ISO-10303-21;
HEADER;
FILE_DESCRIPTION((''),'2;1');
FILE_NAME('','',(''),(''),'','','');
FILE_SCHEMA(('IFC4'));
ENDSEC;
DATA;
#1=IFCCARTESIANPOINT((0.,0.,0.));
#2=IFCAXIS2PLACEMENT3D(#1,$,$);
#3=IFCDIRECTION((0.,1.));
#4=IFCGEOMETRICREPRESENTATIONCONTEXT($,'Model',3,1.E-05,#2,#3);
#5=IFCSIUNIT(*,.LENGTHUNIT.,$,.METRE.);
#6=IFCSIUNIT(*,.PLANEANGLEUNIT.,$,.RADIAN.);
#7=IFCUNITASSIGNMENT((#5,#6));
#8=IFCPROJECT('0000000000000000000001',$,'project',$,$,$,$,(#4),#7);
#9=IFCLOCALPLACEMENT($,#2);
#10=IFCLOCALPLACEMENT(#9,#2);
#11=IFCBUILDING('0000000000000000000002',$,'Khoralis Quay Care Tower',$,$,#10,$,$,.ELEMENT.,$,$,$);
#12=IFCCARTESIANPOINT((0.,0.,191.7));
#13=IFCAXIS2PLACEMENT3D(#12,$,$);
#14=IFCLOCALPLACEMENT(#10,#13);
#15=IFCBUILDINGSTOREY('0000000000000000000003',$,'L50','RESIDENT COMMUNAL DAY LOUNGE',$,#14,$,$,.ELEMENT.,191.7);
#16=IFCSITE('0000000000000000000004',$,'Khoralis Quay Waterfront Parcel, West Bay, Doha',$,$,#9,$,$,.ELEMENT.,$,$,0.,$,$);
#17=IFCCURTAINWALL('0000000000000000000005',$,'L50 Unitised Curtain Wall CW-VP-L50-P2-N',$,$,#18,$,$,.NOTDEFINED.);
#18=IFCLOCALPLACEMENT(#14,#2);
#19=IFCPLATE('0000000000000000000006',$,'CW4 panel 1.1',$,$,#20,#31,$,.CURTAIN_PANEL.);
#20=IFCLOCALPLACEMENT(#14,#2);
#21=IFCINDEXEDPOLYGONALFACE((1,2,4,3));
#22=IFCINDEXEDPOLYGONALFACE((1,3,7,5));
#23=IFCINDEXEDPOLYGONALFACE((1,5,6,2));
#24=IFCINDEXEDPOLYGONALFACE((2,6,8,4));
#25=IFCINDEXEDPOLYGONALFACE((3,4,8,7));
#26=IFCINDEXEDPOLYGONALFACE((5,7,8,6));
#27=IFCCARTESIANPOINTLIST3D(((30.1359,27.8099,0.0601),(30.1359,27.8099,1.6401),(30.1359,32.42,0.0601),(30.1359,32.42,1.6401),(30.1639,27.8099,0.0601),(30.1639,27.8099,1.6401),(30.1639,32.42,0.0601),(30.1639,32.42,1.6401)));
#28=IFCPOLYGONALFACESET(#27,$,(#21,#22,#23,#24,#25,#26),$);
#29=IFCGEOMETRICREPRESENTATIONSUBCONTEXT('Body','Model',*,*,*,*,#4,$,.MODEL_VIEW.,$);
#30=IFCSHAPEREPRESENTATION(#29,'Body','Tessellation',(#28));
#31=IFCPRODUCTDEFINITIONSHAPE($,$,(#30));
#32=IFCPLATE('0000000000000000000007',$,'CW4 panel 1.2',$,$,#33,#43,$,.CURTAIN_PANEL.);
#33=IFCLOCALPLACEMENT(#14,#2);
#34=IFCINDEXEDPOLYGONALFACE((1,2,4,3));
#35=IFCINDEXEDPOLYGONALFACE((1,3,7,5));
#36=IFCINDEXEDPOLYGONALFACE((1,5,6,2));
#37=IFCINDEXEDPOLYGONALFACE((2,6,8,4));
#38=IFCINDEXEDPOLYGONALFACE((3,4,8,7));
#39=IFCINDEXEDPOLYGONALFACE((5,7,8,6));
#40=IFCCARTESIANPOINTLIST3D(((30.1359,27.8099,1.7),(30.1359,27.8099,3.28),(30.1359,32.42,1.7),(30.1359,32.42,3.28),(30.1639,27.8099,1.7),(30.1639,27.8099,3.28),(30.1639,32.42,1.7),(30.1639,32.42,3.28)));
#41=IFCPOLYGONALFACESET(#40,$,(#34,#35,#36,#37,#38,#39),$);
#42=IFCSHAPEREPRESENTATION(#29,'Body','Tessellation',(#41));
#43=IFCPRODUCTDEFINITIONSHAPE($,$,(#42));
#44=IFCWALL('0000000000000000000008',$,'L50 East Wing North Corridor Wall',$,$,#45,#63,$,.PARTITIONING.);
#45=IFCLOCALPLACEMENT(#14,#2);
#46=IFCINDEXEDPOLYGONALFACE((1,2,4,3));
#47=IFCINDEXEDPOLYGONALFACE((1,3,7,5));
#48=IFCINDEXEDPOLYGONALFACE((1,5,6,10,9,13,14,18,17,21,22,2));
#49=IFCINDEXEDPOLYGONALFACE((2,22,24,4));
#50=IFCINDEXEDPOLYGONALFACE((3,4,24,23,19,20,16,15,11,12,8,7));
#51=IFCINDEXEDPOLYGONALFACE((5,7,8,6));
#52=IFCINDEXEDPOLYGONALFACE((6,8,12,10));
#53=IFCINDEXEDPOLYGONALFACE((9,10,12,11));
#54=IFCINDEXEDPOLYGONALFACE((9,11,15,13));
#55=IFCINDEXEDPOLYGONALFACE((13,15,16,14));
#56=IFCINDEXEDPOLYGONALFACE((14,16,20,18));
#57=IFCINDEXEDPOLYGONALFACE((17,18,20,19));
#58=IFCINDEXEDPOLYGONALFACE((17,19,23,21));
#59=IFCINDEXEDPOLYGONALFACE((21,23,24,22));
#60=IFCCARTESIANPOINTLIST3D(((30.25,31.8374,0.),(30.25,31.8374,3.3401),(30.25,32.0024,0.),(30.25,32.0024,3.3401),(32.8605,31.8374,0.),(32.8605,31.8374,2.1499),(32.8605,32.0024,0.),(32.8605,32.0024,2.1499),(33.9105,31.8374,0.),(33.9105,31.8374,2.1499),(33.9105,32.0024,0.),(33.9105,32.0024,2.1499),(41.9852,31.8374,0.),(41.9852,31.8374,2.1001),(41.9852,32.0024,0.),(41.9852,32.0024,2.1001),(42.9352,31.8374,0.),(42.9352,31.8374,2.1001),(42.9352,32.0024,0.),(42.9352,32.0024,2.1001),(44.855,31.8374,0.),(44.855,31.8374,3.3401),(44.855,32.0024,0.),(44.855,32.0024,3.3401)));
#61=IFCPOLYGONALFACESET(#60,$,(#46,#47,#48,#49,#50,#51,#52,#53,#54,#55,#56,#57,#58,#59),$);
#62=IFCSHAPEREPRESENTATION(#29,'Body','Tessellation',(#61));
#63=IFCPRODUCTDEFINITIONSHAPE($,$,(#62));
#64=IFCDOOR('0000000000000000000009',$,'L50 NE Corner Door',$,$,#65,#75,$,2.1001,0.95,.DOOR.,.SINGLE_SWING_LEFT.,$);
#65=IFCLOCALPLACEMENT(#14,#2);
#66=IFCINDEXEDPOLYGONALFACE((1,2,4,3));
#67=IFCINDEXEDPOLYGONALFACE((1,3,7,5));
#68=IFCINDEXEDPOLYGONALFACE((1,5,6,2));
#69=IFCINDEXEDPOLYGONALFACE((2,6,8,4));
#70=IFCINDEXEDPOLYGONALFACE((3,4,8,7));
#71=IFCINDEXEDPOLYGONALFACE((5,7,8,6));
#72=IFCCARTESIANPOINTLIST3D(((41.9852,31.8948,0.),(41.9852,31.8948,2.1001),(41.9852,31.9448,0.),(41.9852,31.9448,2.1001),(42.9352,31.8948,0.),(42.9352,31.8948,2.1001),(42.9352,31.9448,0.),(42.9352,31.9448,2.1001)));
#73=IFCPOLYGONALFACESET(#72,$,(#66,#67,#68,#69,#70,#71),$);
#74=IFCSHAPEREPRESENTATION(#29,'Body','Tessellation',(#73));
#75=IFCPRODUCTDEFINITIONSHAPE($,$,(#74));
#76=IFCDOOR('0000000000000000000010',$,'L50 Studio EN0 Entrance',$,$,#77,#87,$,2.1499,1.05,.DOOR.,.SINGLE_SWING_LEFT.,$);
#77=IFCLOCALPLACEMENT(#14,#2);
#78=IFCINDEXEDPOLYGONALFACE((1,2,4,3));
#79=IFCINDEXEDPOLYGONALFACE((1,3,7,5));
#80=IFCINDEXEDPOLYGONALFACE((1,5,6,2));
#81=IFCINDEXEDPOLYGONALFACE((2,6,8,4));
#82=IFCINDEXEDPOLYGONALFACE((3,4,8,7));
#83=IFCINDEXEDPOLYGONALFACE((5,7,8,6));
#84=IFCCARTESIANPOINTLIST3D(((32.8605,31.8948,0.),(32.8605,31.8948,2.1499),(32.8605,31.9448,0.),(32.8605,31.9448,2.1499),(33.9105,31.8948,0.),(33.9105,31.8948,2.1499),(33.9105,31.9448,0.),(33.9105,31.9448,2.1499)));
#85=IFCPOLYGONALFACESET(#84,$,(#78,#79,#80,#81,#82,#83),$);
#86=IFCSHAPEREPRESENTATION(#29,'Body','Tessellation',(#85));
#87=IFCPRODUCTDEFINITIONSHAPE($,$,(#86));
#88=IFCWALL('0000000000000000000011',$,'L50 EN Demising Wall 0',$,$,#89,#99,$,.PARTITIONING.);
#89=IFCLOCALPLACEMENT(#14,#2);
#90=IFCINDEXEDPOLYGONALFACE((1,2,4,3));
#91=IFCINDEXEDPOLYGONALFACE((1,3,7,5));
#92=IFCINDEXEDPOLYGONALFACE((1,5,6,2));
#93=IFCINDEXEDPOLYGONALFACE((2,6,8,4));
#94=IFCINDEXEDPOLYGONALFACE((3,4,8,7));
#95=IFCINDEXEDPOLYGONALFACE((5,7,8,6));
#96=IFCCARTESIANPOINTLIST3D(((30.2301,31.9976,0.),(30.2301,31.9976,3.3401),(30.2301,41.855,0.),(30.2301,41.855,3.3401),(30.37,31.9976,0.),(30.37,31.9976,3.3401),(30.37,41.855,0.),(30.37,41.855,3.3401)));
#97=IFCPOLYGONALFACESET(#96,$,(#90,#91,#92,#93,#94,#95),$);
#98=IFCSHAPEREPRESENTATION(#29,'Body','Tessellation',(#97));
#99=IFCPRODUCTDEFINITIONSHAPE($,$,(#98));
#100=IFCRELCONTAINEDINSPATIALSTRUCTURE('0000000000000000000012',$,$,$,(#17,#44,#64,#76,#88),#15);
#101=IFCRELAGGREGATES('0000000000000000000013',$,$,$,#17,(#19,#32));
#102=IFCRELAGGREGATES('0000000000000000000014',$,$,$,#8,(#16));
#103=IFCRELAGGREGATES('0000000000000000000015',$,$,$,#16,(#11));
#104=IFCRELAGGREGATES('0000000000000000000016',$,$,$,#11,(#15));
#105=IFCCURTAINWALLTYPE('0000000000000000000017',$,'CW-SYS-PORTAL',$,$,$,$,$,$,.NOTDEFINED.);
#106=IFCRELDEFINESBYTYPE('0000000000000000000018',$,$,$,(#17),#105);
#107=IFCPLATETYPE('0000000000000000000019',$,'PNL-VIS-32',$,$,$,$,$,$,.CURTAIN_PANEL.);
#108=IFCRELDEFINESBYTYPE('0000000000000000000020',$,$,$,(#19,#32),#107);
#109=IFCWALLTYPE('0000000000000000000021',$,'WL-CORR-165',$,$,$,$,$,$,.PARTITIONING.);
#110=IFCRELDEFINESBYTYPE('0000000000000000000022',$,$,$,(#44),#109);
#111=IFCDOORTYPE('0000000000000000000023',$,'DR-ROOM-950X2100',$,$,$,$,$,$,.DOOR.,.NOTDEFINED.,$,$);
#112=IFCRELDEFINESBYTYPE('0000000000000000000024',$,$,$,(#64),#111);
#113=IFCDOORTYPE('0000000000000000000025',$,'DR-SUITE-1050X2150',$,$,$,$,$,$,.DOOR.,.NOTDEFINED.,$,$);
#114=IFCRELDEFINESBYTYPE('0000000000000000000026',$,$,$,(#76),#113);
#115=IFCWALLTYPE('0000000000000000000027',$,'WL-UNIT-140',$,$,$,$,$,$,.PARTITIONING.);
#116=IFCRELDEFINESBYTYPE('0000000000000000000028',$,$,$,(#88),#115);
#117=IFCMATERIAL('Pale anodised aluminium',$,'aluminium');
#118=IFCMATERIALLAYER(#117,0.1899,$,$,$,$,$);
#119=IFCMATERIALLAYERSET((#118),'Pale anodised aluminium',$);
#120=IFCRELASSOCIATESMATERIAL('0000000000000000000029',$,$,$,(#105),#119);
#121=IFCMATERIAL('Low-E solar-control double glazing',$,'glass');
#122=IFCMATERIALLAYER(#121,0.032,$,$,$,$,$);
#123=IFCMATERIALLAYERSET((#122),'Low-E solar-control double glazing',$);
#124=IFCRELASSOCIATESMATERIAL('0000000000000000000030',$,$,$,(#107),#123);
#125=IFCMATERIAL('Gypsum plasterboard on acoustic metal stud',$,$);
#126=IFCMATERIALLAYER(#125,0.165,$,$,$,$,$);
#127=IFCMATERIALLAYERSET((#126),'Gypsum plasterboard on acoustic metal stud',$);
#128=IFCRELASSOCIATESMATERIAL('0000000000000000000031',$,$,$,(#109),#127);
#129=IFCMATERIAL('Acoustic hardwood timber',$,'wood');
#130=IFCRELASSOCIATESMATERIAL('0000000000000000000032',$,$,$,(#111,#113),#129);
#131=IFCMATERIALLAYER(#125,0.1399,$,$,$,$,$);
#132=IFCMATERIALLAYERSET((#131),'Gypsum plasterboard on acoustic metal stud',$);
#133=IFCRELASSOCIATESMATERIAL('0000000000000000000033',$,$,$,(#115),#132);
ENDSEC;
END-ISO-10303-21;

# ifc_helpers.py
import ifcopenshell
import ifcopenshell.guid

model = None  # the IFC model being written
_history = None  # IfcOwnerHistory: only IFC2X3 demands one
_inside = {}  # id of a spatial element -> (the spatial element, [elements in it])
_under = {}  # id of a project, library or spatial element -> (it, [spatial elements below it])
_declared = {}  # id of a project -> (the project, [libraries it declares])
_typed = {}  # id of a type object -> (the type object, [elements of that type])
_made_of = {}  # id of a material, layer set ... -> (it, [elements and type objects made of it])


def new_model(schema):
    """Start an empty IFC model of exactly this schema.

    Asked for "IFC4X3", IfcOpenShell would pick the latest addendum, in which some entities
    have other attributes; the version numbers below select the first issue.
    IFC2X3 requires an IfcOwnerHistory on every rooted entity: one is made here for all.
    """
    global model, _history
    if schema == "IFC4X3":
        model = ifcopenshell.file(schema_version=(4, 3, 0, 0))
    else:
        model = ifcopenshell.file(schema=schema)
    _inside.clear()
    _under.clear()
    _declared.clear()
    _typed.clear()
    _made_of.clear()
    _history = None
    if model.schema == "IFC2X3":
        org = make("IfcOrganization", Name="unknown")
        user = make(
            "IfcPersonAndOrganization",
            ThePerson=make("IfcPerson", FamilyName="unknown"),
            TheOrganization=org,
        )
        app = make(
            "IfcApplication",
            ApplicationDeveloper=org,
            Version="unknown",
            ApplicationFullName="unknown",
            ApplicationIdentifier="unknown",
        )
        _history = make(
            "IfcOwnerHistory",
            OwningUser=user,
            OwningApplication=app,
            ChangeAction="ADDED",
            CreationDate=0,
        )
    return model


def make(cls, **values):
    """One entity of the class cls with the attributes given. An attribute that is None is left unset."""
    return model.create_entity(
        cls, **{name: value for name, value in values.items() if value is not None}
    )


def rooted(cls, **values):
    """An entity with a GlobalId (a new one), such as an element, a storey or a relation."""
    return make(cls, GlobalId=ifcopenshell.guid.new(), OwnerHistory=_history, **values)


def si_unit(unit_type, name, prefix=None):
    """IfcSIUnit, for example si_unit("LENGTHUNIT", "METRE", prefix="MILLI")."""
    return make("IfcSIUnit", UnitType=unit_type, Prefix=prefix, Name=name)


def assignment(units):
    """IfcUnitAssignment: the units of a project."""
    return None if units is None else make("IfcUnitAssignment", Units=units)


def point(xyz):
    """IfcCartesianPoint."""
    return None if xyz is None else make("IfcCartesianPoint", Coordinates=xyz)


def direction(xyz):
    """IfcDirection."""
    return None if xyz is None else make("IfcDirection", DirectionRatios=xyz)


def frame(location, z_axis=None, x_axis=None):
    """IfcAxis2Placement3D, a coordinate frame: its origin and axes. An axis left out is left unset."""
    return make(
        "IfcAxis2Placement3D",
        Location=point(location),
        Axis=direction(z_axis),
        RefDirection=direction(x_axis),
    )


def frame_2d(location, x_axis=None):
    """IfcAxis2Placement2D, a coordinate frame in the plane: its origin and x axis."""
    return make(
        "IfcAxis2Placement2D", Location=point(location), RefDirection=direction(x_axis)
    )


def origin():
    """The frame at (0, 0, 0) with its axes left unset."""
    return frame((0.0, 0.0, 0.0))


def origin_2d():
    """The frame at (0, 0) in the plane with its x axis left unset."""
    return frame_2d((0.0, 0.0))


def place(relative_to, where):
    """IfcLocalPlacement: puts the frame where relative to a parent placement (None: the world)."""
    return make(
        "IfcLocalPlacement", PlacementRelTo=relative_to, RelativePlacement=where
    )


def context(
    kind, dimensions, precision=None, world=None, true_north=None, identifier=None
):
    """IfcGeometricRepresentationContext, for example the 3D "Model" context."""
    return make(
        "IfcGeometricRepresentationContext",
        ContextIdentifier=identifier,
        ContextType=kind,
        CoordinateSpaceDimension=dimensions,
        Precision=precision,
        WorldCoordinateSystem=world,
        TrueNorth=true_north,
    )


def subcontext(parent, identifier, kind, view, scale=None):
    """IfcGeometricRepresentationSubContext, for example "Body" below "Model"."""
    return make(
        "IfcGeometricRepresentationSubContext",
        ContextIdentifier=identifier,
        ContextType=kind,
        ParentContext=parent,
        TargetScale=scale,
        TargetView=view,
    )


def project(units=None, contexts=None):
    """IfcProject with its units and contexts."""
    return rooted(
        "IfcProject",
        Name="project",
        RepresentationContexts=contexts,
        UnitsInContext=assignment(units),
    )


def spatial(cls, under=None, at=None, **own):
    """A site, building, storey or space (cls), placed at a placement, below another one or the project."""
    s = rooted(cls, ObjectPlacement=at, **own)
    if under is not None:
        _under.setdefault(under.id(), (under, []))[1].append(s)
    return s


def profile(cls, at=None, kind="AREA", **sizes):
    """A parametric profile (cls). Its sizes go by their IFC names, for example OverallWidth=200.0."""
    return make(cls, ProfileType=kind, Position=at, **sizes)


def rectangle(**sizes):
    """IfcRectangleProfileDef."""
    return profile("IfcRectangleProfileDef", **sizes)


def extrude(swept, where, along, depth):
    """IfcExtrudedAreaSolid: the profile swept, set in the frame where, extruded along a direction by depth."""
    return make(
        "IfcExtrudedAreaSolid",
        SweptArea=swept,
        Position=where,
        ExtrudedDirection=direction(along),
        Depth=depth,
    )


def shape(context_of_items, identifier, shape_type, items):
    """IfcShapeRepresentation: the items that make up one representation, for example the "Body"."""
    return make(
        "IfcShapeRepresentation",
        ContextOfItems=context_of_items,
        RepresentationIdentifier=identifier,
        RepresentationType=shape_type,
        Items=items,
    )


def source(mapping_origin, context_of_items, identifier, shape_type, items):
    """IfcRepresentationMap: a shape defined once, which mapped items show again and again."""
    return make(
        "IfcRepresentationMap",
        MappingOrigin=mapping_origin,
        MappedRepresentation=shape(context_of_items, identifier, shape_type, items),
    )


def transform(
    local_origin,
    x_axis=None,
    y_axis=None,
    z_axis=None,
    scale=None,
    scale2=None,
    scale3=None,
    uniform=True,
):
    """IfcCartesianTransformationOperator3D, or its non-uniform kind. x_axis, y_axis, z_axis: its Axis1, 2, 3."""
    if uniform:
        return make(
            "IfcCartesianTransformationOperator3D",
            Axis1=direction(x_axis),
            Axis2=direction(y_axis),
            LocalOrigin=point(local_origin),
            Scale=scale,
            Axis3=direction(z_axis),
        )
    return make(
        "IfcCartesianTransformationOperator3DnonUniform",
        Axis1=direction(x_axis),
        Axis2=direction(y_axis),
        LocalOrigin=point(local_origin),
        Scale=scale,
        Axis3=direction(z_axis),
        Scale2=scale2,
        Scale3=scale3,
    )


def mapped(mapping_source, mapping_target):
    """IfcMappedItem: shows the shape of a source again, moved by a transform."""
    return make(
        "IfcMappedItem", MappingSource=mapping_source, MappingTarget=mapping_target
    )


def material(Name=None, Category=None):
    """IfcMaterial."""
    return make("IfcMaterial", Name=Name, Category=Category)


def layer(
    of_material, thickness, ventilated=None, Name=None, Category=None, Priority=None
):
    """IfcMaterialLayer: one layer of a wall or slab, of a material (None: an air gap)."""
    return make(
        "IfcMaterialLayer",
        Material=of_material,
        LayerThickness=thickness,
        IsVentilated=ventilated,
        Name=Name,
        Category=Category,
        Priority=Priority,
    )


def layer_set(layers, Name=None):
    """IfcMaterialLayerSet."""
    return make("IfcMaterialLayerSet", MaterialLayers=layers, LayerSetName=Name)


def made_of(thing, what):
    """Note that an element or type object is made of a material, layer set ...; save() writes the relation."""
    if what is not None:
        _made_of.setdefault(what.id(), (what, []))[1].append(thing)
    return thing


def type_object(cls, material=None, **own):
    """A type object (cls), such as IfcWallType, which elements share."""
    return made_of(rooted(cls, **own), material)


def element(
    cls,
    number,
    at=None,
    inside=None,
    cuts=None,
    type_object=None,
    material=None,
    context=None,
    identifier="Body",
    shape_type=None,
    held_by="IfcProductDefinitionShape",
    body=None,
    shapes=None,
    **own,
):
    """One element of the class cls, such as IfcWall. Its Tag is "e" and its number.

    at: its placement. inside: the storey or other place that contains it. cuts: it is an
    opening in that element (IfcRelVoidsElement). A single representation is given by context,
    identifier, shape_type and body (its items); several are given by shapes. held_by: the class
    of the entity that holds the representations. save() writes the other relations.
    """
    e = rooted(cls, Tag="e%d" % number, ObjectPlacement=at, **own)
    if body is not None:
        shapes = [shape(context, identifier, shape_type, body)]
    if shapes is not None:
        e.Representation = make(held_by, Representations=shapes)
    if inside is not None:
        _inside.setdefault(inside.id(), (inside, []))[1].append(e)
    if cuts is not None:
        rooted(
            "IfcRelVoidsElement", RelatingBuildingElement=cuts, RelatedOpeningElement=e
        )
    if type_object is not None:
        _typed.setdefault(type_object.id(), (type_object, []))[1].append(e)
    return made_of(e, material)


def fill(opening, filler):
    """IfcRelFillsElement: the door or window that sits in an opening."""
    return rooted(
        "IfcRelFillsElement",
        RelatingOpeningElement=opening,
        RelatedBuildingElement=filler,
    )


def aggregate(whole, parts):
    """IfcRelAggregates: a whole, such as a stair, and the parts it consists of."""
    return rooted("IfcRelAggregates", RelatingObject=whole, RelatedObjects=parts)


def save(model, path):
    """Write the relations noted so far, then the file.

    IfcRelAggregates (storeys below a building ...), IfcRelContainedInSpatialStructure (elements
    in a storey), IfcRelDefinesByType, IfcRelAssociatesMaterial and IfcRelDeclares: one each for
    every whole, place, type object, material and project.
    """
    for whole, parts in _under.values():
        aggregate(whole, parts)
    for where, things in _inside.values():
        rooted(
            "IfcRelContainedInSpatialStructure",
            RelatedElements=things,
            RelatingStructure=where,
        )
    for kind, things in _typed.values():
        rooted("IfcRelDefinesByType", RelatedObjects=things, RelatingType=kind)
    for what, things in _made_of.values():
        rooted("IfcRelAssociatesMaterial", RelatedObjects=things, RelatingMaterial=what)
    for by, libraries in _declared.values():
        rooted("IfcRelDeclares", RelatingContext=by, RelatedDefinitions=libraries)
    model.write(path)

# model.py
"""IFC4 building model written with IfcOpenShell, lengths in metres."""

from ifc_helpers import new_model, si_unit, direction, frame, frame_2d, origin, origin_2d, place, context, subcontext, project, spatial, rectangle, extrude, source, transform, mapped, material, layer, layer_set, type_object, element, fill, aggregate, save


model = new_model("IFC4")

# Units and contexts
model_context = context("Model", 3, precision=1e-05, world=origin(), true_north=direction((0.0, 1.0)))
body_context = subcontext(model_context, "Body", "Model", "MODEL_VIEW")
ifc_project = project(units=[si_unit("LENGTHUNIT", "METRE"), si_unit("PLANEANGLEUNIT", "RADIAN")], contexts=[model_context])

# Site, building, storey
site_placement = place(None, origin())
site = spatial("IfcSite", under=ifc_project, at=site_placement, Name="Khoralis Quay Waterfront Parcel, West Bay, Doha", CompositionType="ELEMENT", RefElevation=0.0)
building_placement = place(site_placement, origin())
building = spatial("IfcBuilding", under=site, at=building_placement, Name="Khoralis Quay Care Tower", CompositionType="ELEMENT")
storey_placement = place(building_placement, frame((0.0, 0.0, 191.7)))
storey = spatial("IfcBuildingStorey", under=building, at=storey_placement, Name="L50", Description="RESIDENT COMMUNAL DAY LOUNGE", CompositionType="ELEMENT", Elevation=191.7)

# Shared definitions
ifc_material_1 = material(Name="Pale anodised aluminium", Category="aluminium")
ifc_layer_1 = layer(ifc_material_1, 0.1899)
ifc_layer_set_1 = layer_set([ifc_layer_1], Name="Pale anodised aluminium")
curtain_wall_type = type_object("IfcCurtainWallType", Name="CW-SYS-PORTAL", PredefinedType="NOTDEFINED", material=ifc_layer_set_1)

# Curtain wall
curtain_wall_1_placement = place(storey_placement, origin())
curtain_wall_1 = element("IfcCurtainWall", 1, at=curtain_wall_1_placement, inside=storey, type_object=curtain_wall_type, Name="L50 Unitised Curtain Wall CW-VP-L50-P2-N", PredefinedType="NOTDEFINED")

# Plates
ifc_material_2 = material(Name="Low-E solar-control double glazing", Category="glass")
ifc_layer_2 = layer(ifc_material_2, 0.032)
ifc_layer_set_2 = layer_set([ifc_layer_2], Name="Low-E solar-control double glazing")
plate_type = type_object("IfcPlateType", Name="PNL-VIS-32", PredefinedType="CURTAIN_PANEL", material=ifc_layer_set_2)
shared_shape_1 = source(origin(), body_context, "Body", "SweptSolid", [
    extrude(rectangle(XDim=4.6101, YDim=0.0281, at=origin_2d()), origin(), (0.0, 0.0, 1.0), 1.5801),
])
plate_1_placement = place(storey_placement, frame((30.1499, 30.115, 0.0601), z_axis=(0.0, 0.0, 1.0), x_axis=(0.0, 1.0, 0.0)))
plate_1 = element("IfcPlate", 2, at=plate_1_placement, type_object=plate_type, Name="CW4 panel 1.1", PredefinedType="CURTAIN_PANEL", context=body_context, shape_type="MappedRepresentation", body=[
    mapped(shared_shape_1, transform((0.0, 0.0, 0.0), scale=1.0)),
])
plate_2_placement = place(storey_placement, frame((30.1499, 30.115, 1.7), z_axis=(0.0, 0.0, 1.0), x_axis=(0.0, 1.0, 0.0)))
plate_2 = element("IfcPlate", 3, at=plate_2_placement, type_object=plate_type, Name="CW4 panel 1.2", PredefinedType="CURTAIN_PANEL", context=body_context, shape_type="MappedRepresentation", body=[
    mapped(shared_shape_1, transform((0.0, 0.0, 0.0), scale=1.0)),
])
aggregate(curtain_wall_1, [plate_1, plate_2])

# Wall, openings, doors
ifc_material_3 = material(Name="Gypsum plasterboard on acoustic metal stud")
ifc_layer_3 = layer(ifc_material_3, 0.165)
ifc_layer_set_3 = layer_set([ifc_layer_3], Name="Gypsum plasterboard on acoustic metal stud")
wall_type_1 = type_object("IfcWallType", Name="WL-CORR-165", PredefinedType="PARTITIONING", material=ifc_layer_set_3)
wall_1_placement = place(storey_placement, frame((30.25, 31.9199, 0.0), z_axis=(0.0, 0.0, 1.0), x_axis=(1.0, 0.0, 0.0)))
wall_1 = element("IfcWall", 4, at=wall_1_placement, inside=storey, type_object=wall_type_1, Name="L50 East Wing North Corridor Wall", PredefinedType="PARTITIONING", context=body_context, shape_type="SweptSolid", body=[
    extrude(rectangle(XDim=14.605, YDim=0.165, at=frame_2d((7.3025, 0.0))), origin(), (0.0, 0.0, 1.0), 3.3401),
])
opening_1_placement = place(wall_1_placement, frame((2.6106, 0.0, 0.0)))
opening_1 = element("IfcOpeningElement", 5, at=opening_1_placement, cuts=wall_1, PredefinedType="OPENING", context=body_context, shape_type="SweptSolid", body=[
    extrude(rectangle(XDim=1.05, YDim=2.1499, at=frame_2d((0.5249, 1.075))), frame((0.0, 0.0925, 0.0), z_axis=(0.0, -1.0, 0.0), x_axis=(1.0, 0.0, 0.0)), (0.0, 0.0, 1.0), 0.1851),
])
opening_2_placement = place(wall_1_placement, frame((11.7351, 0.0, 0.0)))
opening_2 = element("IfcOpeningElement", 6, at=opening_2_placement, cuts=wall_1, PredefinedType="OPENING", context=body_context, shape_type="SweptSolid", body=[
    extrude(rectangle(XDim=0.95, YDim=2.1001, at=frame_2d((0.4751, 1.05))), frame((0.0, 0.0925, 0.0), z_axis=(0.0, -1.0, 0.0), x_axis=(1.0, 0.0, 0.0)), (0.0, 0.0, 1.0), 0.1851),
])
ifc_material_4 = material(Name="Acoustic hardwood timber", Category="wood")
door_type_1 = type_object("IfcDoorType", Name="DR-ROOM-950X2100", OperationType="NOTDEFINED", PredefinedType="DOOR", material=ifc_material_4)
shared_shape_2 = source(origin(), body_context, "Body", "SweptSolid", [
    extrude(rectangle(XDim=0.95, YDim=2.1001, at=frame_2d((0.4751, 1.05))), frame((0.0, 0.0249, 0.0), z_axis=(0.0, -1.0, 0.0), x_axis=(1.0, 0.0, 0.0)), (0.0, 0.0, 1.0), 0.05),
])
door_1_placement = place(opening_2_placement, origin())
door_1 = element("IfcDoor", 7, at=door_1_placement, inside=storey, type_object=door_type_1, Name="L50 NE Corner Door", OperationType="SINGLE_SWING_LEFT", OverallHeight=2.1001, OverallWidth=0.95, PredefinedType="DOOR", context=body_context, shape_type="MappedRepresentation", body=[
    mapped(shared_shape_2, transform((0.0, 0.0, 0.0), scale=1.0)),
])
fill(opening_2, door_1)
door_type_2 = type_object("IfcDoorType", Name="DR-SUITE-1050X2150", OperationType="NOTDEFINED", PredefinedType="DOOR", material=ifc_material_4)
shared_shape_3 = source(origin(), body_context, "Body", "SweptSolid", [
    extrude(rectangle(XDim=1.05, YDim=2.1499, at=frame_2d((0.5249, 1.075))), frame((0.0, 0.0249, 0.0), z_axis=(0.0, -1.0, 0.0), x_axis=(1.0, 0.0, 0.0)), (0.0, 0.0, 1.0), 0.05),
])
door_2_placement = place(opening_1_placement, origin())
door_2 = element("IfcDoor", 8, at=door_2_placement, inside=storey, type_object=door_type_2, Name="L50 Studio EN0 Entrance", OperationType="SINGLE_SWING_LEFT", OverallHeight=2.1499, OverallWidth=1.05, PredefinedType="DOOR", context=body_context, shape_type="MappedRepresentation", body=[
    mapped(shared_shape_3, transform((0.0, 0.0, 0.0), scale=1.0)),
])
fill(opening_1, door_2)

# Wall
ifc_layer_4 = layer(ifc_material_3, 0.1399)
ifc_layer_set_4 = layer_set([ifc_layer_4], Name="Gypsum plasterboard on acoustic metal stud")
wall_type_2 = type_object("IfcWallType", Name="WL-UNIT-140", PredefinedType="PARTITIONING", material=ifc_layer_set_4)
wall_2_placement = place(storey_placement, frame((30.3, 31.9976, 0.0), z_axis=(0.0, 0.0, 1.0), x_axis=(0.0, 1.0, 0.0)))
element("IfcWall", 9, at=wall_2_placement, inside=storey, type_object=wall_type_2, Name="L50 EN Demising Wall 0", PredefinedType="PARTITIONING", context=body_context, shape_type="SweptSolid", body=[
    extrude(rectangle(XDim=9.8574, YDim=0.1399, at=frame_2d((4.9287, 0.0))), origin(), (0.0, 0.0, 1.0), 3.3401),
])

save(model, "model.ifc")
